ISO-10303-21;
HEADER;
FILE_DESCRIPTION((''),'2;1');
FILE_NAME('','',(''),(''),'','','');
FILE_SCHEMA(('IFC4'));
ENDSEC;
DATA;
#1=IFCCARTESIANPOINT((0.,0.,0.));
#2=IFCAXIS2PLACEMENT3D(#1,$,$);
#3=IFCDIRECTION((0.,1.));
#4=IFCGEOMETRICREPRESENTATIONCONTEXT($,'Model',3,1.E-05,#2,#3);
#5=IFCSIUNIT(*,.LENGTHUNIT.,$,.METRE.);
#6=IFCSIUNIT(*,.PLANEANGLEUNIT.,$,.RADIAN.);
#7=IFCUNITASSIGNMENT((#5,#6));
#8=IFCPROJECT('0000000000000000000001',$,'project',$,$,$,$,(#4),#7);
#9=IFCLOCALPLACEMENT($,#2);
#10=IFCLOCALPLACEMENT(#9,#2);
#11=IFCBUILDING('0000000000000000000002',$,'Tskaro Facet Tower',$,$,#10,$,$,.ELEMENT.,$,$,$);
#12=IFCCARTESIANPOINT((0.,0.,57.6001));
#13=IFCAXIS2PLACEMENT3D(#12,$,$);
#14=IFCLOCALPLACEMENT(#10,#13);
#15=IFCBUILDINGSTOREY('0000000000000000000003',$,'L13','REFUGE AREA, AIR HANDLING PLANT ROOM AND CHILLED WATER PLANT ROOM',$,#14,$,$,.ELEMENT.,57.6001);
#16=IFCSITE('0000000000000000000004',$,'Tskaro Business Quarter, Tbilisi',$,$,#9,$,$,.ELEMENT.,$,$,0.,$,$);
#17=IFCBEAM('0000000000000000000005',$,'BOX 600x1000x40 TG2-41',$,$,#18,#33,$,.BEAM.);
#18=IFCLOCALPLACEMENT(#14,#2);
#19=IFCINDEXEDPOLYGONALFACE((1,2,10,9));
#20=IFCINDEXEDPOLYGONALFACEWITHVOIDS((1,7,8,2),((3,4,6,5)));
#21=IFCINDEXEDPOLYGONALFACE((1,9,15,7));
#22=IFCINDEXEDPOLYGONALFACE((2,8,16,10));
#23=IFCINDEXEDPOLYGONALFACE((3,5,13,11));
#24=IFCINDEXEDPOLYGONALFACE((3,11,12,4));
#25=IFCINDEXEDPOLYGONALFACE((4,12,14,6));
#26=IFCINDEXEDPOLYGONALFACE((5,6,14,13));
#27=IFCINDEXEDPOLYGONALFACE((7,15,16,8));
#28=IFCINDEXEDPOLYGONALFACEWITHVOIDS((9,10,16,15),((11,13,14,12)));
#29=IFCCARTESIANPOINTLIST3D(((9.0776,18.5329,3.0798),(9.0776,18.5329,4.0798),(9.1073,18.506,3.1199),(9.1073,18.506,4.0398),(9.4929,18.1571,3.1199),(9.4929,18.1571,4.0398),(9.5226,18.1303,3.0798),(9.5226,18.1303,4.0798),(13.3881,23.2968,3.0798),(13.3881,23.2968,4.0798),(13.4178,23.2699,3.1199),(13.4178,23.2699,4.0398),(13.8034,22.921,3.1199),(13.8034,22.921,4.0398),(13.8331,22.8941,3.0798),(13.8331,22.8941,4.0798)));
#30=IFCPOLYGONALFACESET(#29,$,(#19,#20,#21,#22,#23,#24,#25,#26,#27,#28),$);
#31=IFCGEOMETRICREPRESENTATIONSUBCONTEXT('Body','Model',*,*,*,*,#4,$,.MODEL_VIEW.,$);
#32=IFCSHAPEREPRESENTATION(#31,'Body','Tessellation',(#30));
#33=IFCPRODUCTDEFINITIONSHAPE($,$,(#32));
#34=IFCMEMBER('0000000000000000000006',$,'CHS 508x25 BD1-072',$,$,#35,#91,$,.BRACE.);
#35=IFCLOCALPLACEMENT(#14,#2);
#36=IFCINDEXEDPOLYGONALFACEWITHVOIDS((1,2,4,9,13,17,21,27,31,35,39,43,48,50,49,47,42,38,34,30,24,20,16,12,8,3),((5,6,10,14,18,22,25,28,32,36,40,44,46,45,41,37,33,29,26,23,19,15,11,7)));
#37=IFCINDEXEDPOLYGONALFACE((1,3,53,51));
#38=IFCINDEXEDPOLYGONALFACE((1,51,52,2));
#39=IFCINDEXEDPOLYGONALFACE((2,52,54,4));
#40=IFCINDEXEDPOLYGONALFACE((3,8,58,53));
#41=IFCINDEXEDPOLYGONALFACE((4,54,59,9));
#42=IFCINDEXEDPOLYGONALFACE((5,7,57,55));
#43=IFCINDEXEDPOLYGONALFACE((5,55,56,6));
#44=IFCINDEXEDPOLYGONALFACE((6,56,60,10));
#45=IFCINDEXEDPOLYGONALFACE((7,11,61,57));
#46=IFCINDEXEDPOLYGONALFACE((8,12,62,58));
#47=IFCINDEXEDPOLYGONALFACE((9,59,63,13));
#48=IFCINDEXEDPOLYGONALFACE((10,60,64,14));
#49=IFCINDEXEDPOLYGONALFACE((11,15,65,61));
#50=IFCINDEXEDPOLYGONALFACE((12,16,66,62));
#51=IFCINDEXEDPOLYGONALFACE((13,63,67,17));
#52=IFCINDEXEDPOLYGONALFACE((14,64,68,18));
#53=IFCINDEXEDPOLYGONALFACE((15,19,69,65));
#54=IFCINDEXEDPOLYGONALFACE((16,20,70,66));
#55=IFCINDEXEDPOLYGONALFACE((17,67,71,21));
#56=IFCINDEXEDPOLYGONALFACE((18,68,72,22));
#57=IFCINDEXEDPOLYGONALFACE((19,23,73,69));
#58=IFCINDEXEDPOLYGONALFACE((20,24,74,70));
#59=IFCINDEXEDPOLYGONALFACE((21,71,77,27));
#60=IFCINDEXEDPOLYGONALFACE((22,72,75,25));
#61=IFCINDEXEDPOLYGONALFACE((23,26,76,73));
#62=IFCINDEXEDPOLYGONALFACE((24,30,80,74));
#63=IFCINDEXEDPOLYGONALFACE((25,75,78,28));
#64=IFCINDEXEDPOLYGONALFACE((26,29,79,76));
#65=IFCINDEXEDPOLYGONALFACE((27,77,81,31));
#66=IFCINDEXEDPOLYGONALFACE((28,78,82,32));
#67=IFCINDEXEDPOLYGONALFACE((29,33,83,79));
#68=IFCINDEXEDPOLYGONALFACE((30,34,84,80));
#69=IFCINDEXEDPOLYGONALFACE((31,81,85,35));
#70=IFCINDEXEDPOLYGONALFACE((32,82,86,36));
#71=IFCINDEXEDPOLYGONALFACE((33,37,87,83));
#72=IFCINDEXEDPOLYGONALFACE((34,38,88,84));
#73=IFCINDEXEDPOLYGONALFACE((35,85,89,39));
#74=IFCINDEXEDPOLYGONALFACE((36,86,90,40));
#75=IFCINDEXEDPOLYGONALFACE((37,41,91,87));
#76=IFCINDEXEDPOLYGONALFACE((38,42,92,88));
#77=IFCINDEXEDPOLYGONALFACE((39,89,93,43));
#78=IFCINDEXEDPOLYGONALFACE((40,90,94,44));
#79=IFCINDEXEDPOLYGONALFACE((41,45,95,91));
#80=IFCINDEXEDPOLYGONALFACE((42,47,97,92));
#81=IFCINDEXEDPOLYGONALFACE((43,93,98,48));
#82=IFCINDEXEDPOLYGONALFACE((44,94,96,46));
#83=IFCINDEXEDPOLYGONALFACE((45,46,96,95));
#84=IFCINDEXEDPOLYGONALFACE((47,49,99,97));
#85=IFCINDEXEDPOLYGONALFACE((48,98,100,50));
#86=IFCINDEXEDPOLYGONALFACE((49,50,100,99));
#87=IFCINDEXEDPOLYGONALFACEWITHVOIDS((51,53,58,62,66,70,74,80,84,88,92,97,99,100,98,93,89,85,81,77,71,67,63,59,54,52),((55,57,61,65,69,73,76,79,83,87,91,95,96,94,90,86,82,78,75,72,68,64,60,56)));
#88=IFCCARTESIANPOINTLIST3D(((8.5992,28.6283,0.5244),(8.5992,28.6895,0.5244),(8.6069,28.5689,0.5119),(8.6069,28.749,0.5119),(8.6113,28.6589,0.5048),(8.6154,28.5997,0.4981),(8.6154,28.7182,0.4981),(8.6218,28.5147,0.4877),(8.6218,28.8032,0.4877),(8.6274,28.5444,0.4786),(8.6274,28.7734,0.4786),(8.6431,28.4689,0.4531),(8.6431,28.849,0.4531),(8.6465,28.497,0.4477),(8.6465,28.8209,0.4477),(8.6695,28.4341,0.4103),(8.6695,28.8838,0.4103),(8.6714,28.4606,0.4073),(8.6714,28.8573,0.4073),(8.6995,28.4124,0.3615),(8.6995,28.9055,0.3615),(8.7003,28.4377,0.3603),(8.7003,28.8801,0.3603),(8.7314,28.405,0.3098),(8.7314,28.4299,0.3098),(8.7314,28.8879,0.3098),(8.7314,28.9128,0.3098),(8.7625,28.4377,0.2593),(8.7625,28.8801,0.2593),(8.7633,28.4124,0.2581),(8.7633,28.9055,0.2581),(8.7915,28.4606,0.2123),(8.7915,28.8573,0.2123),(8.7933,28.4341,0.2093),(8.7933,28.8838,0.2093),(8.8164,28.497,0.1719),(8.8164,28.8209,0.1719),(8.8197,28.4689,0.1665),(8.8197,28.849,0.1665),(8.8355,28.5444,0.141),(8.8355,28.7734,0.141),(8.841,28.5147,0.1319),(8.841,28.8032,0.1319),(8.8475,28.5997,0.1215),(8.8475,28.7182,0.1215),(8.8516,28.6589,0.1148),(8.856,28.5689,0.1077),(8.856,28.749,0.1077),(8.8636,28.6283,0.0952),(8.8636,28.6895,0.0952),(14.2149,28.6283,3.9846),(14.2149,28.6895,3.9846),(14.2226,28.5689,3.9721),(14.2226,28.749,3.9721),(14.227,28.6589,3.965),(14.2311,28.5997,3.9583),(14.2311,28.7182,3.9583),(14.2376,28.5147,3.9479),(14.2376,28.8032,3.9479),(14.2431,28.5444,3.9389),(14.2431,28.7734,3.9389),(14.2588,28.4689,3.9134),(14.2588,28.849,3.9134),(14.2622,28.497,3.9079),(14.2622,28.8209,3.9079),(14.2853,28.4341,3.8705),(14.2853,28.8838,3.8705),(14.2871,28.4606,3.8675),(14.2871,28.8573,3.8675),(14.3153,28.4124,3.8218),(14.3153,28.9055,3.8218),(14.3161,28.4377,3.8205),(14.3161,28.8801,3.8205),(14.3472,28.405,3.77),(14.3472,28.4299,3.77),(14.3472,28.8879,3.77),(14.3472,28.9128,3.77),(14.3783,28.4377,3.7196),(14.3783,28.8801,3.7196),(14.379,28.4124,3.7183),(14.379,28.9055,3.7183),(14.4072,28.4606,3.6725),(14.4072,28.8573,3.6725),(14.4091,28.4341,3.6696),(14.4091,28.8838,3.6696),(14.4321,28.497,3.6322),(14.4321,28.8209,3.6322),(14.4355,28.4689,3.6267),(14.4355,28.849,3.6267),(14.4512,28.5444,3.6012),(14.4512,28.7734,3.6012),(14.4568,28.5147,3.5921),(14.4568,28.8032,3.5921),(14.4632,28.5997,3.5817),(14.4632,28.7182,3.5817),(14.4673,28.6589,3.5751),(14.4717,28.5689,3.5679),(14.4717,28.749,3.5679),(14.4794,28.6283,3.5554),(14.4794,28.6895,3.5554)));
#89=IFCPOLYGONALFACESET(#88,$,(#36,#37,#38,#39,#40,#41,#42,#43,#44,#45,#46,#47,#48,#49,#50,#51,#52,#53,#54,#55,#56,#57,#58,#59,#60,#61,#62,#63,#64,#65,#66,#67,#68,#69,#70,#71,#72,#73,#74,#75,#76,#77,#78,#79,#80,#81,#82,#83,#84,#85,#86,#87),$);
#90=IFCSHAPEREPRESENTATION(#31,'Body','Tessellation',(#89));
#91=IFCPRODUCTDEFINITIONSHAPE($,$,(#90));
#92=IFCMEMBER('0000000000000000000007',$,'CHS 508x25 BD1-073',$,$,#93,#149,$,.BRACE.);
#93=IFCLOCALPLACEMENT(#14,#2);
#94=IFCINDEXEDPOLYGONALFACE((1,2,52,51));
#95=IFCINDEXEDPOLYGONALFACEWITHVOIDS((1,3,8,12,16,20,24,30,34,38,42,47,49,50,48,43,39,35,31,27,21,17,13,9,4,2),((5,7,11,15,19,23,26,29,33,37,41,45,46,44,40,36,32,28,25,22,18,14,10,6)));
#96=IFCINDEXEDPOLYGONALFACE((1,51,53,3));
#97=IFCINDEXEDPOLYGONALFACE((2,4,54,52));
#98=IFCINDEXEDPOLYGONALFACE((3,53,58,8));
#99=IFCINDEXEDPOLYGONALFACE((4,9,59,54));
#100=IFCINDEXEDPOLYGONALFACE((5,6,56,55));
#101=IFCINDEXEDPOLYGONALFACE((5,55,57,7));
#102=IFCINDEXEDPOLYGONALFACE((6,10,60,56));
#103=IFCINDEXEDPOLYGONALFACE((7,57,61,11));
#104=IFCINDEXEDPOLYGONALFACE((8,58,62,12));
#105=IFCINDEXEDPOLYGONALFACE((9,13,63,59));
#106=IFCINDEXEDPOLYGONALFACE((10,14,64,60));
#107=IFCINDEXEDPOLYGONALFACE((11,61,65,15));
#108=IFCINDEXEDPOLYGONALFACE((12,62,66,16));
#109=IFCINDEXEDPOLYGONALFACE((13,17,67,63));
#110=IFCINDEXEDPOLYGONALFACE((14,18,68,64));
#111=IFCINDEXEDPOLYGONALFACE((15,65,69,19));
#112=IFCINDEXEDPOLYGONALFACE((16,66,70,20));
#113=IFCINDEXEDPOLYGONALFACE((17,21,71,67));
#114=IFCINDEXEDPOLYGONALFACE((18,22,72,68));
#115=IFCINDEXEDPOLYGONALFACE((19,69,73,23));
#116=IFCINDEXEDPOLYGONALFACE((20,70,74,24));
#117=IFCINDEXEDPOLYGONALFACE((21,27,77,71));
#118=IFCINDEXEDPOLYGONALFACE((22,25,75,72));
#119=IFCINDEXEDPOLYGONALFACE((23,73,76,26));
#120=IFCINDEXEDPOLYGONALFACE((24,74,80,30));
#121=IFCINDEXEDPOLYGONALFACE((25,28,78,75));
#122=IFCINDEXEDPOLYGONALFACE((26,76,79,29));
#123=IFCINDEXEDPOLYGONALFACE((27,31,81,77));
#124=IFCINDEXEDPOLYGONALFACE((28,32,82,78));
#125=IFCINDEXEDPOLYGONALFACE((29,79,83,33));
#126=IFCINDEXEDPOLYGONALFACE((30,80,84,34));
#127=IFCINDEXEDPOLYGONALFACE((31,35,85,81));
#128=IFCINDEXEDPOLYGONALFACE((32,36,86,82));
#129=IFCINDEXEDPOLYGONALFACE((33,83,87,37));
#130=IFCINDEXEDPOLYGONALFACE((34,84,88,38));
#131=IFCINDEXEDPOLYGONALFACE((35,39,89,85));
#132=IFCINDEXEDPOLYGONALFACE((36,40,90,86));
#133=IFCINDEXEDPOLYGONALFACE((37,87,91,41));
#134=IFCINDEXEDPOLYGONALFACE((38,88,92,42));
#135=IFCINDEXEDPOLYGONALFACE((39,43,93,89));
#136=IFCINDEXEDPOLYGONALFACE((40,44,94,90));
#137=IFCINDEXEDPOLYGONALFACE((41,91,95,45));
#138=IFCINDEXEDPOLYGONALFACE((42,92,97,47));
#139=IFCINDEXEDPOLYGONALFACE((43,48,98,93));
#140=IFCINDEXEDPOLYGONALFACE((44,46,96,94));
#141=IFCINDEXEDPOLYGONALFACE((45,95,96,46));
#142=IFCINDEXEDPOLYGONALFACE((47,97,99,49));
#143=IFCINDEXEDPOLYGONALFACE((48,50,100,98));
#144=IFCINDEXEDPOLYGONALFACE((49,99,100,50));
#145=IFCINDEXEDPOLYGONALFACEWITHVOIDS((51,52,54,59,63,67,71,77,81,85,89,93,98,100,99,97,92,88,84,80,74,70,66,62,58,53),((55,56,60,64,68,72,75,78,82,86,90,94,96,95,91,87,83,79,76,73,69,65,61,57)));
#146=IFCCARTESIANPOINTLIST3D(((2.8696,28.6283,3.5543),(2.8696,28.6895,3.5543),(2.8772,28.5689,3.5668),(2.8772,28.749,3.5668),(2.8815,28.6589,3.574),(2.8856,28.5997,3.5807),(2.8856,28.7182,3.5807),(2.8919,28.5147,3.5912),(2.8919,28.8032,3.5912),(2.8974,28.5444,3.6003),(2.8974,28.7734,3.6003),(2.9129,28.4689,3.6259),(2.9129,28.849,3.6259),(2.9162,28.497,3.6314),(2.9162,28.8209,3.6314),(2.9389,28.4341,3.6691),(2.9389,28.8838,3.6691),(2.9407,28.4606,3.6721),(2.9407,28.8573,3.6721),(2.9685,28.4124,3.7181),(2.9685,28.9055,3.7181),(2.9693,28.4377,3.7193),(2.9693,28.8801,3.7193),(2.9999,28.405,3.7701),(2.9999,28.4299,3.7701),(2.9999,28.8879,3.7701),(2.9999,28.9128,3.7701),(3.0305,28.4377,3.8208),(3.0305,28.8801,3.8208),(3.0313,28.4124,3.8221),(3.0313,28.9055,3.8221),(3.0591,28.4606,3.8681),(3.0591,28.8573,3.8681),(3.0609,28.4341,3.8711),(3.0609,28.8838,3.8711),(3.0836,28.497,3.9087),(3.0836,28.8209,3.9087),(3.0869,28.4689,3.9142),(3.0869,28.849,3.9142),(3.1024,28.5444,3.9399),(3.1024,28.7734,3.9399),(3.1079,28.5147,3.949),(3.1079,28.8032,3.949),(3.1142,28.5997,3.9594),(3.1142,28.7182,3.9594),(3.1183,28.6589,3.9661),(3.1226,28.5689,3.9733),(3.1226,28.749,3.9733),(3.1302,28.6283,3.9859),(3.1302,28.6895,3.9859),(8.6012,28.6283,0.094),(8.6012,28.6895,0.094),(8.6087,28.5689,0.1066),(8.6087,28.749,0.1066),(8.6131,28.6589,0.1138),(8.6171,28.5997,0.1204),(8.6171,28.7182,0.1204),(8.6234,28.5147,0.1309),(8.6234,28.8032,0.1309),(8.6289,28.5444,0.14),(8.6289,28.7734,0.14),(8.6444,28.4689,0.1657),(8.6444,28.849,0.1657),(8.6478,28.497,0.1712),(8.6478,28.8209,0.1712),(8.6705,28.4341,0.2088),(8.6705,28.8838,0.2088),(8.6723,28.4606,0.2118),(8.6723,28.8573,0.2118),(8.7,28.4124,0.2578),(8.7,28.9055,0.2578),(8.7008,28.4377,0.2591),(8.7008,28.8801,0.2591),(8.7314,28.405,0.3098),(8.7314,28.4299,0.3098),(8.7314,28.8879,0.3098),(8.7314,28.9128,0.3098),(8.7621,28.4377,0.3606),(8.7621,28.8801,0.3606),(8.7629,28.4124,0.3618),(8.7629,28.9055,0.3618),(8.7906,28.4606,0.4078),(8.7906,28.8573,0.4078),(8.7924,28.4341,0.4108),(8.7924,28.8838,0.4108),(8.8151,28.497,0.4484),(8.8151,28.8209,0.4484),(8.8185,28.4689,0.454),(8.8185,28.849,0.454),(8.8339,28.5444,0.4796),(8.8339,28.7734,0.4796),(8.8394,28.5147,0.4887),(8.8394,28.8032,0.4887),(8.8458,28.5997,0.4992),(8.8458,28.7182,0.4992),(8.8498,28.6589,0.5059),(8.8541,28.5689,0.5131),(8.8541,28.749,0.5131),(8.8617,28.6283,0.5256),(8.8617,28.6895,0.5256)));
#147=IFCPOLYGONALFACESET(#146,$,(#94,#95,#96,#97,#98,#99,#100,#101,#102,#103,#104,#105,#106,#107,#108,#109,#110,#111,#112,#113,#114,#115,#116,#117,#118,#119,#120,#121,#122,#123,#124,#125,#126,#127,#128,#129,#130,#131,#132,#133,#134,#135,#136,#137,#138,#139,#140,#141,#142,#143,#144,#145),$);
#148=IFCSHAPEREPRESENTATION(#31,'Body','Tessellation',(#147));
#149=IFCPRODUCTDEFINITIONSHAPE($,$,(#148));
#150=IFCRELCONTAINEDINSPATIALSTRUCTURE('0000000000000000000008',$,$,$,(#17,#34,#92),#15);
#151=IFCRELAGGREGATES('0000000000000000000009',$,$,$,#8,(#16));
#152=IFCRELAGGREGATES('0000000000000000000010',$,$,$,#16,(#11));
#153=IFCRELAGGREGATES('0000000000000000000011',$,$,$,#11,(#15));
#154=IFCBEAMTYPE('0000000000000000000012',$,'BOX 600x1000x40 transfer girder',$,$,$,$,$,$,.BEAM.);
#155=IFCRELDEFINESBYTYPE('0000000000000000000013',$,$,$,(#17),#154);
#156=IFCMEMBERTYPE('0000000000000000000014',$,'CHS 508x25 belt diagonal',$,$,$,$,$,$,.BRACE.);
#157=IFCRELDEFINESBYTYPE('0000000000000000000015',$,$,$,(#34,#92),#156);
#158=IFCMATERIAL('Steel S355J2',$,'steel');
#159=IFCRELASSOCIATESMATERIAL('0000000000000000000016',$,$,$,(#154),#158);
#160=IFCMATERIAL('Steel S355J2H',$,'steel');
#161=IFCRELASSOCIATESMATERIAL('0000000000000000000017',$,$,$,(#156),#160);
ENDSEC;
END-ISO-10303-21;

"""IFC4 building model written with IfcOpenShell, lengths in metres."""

from ifc_helpers import new_model, si_unit, direction, frame, origin, origin_2d, place, context, subcontext, project, spatial, hollow_rectangle, hollow_circle, extrude, material, material_profile, profile_set, type_object, element, save


model = new_model("IFC4")

# Units and contexts
model_context = context("Model", 3, precision=1e-05, world=origin(), true_north=direction((0.0, 1.0)))
body_context = subcontext(model_context, "Body", "Model", "MODEL_VIEW")
ifc_project = project(units=[si_unit("LENGTHUNIT", "METRE"), si_unit("PLANEANGLEUNIT", "RADIAN")], contexts=[model_context])

# Site, building, storey
site_placement = place(None, origin())
site = spatial("IfcSite", under=ifc_project, at=site_placement, Name="Tskaro Business Quarter, Tbilisi", CompositionType="ELEMENT", RefElevation=0.0)
building_placement = place(site_placement, origin())
building = spatial("IfcBuilding", under=site, at=building_placement, Name="Tskaro Facet Tower", CompositionType="ELEMENT")
storey_placement = place(building_placement, frame((0.0, 0.0, 57.6001)))
storey = spatial("IfcBuildingStorey", under=building, at=storey_placement, Name="L13", Description="REFUGE AREA, AIR HANDLING PLANT ROOM AND CHILLED WATER PLANT ROOM", CompositionType="ELEMENT", Elevation=57.6001)

# Shared definitions
ifc_material_1 = material(Name="Steel S355J2H", Category="steel")

# Beam
ifc_material_2 = material(Name="Steel S355J2", Category="steel")
ifc_material_profile_1 = material_profile(ifc_material_2, hollow_rectangle(XDim=0.6001, YDim=1.0, WallThickness=0.04, at=origin_2d()), Name="BOX 600x1000x40")
ifc_profile_set_1 = profile_set([ifc_material_profile_1], Name="Steel S355J2")
beam_type_1 = type_object("IfcBeamType", Name="BOX 600x1000x40 transfer girder", PredefinedType="BEAM", material=ifc_profile_set_1)
beam_1_placement = place(storey_placement, frame((13.6106, 23.0955, 3.5798), z_axis=(-0.670942, -0.74151, 0.0), x_axis=(0.74151, -0.670942, 0.0)))
element("IfcBeam", 1, at=beam_1_placement, inside=storey, type_object=beam_type_1, Name="BOX 600x1000x40 TG2-41", PredefinedType="BEAM", context=body_context, shape_type="SweptSolid", body=[
    extrude(hollow_rectangle(XDim=0.6001, YDim=1.0, WallThickness=0.04, at=origin_2d()), origin(), (0.0, 0.0, 1.0), 6.4246),
])

# Members
ifc_material_profile_2 = material_profile(ifc_material_1, hollow_circle(Radius=0.2539, WallThickness=0.0249, at=origin_2d()), Name="CHS 508x25")
ifc_profile_set_2 = profile_set([ifc_material_profile_2], Name="Steel S355J2H")
member_type_1 = type_object("IfcMemberType", Name="CHS 508x25 belt diagonal", PredefinedType="BRACE", material=ifc_profile_set_2)
member_1_placement = place(storey_placement, frame((14.3472, 28.6589, 3.77), z_axis=(-0.851362, 0.0, -0.524579), x_axis=(0.0, -1.0, 0.0)))
element("IfcMember", 2, at=member_1_placement, inside=storey, type_object=member_type_1, Name="CHS 508x25 BD1-072", PredefinedType="BRACE", context=body_context, shape_type="SweptSolid", body=[
    extrude(hollow_circle(Radius=0.2539, WallThickness=0.0249, at=origin_2d()), origin(), (0.0, 0.0, 1.0), 6.5962),
])
member_2_placement = place(storey_placement, frame((8.7314, 28.6589, 0.3098), z_axis=(-0.856084, 0.0, 0.516837), x_axis=(0.0, -1.0, 0.0)))
element("IfcMember", 3, at=member_2_placement, inside=storey, type_object=member_type_1, Name="CHS 508x25 BD1-073", PredefinedType="BRACE", context=body_context, shape_type="SweptSolid", body=[
    extrude(hollow_circle(Radius=0.2539, WallThickness=0.0249, at=origin_2d()), origin(), (0.0, 0.0, 1.0), 6.6951),
])

save(model, "model.ifc")
